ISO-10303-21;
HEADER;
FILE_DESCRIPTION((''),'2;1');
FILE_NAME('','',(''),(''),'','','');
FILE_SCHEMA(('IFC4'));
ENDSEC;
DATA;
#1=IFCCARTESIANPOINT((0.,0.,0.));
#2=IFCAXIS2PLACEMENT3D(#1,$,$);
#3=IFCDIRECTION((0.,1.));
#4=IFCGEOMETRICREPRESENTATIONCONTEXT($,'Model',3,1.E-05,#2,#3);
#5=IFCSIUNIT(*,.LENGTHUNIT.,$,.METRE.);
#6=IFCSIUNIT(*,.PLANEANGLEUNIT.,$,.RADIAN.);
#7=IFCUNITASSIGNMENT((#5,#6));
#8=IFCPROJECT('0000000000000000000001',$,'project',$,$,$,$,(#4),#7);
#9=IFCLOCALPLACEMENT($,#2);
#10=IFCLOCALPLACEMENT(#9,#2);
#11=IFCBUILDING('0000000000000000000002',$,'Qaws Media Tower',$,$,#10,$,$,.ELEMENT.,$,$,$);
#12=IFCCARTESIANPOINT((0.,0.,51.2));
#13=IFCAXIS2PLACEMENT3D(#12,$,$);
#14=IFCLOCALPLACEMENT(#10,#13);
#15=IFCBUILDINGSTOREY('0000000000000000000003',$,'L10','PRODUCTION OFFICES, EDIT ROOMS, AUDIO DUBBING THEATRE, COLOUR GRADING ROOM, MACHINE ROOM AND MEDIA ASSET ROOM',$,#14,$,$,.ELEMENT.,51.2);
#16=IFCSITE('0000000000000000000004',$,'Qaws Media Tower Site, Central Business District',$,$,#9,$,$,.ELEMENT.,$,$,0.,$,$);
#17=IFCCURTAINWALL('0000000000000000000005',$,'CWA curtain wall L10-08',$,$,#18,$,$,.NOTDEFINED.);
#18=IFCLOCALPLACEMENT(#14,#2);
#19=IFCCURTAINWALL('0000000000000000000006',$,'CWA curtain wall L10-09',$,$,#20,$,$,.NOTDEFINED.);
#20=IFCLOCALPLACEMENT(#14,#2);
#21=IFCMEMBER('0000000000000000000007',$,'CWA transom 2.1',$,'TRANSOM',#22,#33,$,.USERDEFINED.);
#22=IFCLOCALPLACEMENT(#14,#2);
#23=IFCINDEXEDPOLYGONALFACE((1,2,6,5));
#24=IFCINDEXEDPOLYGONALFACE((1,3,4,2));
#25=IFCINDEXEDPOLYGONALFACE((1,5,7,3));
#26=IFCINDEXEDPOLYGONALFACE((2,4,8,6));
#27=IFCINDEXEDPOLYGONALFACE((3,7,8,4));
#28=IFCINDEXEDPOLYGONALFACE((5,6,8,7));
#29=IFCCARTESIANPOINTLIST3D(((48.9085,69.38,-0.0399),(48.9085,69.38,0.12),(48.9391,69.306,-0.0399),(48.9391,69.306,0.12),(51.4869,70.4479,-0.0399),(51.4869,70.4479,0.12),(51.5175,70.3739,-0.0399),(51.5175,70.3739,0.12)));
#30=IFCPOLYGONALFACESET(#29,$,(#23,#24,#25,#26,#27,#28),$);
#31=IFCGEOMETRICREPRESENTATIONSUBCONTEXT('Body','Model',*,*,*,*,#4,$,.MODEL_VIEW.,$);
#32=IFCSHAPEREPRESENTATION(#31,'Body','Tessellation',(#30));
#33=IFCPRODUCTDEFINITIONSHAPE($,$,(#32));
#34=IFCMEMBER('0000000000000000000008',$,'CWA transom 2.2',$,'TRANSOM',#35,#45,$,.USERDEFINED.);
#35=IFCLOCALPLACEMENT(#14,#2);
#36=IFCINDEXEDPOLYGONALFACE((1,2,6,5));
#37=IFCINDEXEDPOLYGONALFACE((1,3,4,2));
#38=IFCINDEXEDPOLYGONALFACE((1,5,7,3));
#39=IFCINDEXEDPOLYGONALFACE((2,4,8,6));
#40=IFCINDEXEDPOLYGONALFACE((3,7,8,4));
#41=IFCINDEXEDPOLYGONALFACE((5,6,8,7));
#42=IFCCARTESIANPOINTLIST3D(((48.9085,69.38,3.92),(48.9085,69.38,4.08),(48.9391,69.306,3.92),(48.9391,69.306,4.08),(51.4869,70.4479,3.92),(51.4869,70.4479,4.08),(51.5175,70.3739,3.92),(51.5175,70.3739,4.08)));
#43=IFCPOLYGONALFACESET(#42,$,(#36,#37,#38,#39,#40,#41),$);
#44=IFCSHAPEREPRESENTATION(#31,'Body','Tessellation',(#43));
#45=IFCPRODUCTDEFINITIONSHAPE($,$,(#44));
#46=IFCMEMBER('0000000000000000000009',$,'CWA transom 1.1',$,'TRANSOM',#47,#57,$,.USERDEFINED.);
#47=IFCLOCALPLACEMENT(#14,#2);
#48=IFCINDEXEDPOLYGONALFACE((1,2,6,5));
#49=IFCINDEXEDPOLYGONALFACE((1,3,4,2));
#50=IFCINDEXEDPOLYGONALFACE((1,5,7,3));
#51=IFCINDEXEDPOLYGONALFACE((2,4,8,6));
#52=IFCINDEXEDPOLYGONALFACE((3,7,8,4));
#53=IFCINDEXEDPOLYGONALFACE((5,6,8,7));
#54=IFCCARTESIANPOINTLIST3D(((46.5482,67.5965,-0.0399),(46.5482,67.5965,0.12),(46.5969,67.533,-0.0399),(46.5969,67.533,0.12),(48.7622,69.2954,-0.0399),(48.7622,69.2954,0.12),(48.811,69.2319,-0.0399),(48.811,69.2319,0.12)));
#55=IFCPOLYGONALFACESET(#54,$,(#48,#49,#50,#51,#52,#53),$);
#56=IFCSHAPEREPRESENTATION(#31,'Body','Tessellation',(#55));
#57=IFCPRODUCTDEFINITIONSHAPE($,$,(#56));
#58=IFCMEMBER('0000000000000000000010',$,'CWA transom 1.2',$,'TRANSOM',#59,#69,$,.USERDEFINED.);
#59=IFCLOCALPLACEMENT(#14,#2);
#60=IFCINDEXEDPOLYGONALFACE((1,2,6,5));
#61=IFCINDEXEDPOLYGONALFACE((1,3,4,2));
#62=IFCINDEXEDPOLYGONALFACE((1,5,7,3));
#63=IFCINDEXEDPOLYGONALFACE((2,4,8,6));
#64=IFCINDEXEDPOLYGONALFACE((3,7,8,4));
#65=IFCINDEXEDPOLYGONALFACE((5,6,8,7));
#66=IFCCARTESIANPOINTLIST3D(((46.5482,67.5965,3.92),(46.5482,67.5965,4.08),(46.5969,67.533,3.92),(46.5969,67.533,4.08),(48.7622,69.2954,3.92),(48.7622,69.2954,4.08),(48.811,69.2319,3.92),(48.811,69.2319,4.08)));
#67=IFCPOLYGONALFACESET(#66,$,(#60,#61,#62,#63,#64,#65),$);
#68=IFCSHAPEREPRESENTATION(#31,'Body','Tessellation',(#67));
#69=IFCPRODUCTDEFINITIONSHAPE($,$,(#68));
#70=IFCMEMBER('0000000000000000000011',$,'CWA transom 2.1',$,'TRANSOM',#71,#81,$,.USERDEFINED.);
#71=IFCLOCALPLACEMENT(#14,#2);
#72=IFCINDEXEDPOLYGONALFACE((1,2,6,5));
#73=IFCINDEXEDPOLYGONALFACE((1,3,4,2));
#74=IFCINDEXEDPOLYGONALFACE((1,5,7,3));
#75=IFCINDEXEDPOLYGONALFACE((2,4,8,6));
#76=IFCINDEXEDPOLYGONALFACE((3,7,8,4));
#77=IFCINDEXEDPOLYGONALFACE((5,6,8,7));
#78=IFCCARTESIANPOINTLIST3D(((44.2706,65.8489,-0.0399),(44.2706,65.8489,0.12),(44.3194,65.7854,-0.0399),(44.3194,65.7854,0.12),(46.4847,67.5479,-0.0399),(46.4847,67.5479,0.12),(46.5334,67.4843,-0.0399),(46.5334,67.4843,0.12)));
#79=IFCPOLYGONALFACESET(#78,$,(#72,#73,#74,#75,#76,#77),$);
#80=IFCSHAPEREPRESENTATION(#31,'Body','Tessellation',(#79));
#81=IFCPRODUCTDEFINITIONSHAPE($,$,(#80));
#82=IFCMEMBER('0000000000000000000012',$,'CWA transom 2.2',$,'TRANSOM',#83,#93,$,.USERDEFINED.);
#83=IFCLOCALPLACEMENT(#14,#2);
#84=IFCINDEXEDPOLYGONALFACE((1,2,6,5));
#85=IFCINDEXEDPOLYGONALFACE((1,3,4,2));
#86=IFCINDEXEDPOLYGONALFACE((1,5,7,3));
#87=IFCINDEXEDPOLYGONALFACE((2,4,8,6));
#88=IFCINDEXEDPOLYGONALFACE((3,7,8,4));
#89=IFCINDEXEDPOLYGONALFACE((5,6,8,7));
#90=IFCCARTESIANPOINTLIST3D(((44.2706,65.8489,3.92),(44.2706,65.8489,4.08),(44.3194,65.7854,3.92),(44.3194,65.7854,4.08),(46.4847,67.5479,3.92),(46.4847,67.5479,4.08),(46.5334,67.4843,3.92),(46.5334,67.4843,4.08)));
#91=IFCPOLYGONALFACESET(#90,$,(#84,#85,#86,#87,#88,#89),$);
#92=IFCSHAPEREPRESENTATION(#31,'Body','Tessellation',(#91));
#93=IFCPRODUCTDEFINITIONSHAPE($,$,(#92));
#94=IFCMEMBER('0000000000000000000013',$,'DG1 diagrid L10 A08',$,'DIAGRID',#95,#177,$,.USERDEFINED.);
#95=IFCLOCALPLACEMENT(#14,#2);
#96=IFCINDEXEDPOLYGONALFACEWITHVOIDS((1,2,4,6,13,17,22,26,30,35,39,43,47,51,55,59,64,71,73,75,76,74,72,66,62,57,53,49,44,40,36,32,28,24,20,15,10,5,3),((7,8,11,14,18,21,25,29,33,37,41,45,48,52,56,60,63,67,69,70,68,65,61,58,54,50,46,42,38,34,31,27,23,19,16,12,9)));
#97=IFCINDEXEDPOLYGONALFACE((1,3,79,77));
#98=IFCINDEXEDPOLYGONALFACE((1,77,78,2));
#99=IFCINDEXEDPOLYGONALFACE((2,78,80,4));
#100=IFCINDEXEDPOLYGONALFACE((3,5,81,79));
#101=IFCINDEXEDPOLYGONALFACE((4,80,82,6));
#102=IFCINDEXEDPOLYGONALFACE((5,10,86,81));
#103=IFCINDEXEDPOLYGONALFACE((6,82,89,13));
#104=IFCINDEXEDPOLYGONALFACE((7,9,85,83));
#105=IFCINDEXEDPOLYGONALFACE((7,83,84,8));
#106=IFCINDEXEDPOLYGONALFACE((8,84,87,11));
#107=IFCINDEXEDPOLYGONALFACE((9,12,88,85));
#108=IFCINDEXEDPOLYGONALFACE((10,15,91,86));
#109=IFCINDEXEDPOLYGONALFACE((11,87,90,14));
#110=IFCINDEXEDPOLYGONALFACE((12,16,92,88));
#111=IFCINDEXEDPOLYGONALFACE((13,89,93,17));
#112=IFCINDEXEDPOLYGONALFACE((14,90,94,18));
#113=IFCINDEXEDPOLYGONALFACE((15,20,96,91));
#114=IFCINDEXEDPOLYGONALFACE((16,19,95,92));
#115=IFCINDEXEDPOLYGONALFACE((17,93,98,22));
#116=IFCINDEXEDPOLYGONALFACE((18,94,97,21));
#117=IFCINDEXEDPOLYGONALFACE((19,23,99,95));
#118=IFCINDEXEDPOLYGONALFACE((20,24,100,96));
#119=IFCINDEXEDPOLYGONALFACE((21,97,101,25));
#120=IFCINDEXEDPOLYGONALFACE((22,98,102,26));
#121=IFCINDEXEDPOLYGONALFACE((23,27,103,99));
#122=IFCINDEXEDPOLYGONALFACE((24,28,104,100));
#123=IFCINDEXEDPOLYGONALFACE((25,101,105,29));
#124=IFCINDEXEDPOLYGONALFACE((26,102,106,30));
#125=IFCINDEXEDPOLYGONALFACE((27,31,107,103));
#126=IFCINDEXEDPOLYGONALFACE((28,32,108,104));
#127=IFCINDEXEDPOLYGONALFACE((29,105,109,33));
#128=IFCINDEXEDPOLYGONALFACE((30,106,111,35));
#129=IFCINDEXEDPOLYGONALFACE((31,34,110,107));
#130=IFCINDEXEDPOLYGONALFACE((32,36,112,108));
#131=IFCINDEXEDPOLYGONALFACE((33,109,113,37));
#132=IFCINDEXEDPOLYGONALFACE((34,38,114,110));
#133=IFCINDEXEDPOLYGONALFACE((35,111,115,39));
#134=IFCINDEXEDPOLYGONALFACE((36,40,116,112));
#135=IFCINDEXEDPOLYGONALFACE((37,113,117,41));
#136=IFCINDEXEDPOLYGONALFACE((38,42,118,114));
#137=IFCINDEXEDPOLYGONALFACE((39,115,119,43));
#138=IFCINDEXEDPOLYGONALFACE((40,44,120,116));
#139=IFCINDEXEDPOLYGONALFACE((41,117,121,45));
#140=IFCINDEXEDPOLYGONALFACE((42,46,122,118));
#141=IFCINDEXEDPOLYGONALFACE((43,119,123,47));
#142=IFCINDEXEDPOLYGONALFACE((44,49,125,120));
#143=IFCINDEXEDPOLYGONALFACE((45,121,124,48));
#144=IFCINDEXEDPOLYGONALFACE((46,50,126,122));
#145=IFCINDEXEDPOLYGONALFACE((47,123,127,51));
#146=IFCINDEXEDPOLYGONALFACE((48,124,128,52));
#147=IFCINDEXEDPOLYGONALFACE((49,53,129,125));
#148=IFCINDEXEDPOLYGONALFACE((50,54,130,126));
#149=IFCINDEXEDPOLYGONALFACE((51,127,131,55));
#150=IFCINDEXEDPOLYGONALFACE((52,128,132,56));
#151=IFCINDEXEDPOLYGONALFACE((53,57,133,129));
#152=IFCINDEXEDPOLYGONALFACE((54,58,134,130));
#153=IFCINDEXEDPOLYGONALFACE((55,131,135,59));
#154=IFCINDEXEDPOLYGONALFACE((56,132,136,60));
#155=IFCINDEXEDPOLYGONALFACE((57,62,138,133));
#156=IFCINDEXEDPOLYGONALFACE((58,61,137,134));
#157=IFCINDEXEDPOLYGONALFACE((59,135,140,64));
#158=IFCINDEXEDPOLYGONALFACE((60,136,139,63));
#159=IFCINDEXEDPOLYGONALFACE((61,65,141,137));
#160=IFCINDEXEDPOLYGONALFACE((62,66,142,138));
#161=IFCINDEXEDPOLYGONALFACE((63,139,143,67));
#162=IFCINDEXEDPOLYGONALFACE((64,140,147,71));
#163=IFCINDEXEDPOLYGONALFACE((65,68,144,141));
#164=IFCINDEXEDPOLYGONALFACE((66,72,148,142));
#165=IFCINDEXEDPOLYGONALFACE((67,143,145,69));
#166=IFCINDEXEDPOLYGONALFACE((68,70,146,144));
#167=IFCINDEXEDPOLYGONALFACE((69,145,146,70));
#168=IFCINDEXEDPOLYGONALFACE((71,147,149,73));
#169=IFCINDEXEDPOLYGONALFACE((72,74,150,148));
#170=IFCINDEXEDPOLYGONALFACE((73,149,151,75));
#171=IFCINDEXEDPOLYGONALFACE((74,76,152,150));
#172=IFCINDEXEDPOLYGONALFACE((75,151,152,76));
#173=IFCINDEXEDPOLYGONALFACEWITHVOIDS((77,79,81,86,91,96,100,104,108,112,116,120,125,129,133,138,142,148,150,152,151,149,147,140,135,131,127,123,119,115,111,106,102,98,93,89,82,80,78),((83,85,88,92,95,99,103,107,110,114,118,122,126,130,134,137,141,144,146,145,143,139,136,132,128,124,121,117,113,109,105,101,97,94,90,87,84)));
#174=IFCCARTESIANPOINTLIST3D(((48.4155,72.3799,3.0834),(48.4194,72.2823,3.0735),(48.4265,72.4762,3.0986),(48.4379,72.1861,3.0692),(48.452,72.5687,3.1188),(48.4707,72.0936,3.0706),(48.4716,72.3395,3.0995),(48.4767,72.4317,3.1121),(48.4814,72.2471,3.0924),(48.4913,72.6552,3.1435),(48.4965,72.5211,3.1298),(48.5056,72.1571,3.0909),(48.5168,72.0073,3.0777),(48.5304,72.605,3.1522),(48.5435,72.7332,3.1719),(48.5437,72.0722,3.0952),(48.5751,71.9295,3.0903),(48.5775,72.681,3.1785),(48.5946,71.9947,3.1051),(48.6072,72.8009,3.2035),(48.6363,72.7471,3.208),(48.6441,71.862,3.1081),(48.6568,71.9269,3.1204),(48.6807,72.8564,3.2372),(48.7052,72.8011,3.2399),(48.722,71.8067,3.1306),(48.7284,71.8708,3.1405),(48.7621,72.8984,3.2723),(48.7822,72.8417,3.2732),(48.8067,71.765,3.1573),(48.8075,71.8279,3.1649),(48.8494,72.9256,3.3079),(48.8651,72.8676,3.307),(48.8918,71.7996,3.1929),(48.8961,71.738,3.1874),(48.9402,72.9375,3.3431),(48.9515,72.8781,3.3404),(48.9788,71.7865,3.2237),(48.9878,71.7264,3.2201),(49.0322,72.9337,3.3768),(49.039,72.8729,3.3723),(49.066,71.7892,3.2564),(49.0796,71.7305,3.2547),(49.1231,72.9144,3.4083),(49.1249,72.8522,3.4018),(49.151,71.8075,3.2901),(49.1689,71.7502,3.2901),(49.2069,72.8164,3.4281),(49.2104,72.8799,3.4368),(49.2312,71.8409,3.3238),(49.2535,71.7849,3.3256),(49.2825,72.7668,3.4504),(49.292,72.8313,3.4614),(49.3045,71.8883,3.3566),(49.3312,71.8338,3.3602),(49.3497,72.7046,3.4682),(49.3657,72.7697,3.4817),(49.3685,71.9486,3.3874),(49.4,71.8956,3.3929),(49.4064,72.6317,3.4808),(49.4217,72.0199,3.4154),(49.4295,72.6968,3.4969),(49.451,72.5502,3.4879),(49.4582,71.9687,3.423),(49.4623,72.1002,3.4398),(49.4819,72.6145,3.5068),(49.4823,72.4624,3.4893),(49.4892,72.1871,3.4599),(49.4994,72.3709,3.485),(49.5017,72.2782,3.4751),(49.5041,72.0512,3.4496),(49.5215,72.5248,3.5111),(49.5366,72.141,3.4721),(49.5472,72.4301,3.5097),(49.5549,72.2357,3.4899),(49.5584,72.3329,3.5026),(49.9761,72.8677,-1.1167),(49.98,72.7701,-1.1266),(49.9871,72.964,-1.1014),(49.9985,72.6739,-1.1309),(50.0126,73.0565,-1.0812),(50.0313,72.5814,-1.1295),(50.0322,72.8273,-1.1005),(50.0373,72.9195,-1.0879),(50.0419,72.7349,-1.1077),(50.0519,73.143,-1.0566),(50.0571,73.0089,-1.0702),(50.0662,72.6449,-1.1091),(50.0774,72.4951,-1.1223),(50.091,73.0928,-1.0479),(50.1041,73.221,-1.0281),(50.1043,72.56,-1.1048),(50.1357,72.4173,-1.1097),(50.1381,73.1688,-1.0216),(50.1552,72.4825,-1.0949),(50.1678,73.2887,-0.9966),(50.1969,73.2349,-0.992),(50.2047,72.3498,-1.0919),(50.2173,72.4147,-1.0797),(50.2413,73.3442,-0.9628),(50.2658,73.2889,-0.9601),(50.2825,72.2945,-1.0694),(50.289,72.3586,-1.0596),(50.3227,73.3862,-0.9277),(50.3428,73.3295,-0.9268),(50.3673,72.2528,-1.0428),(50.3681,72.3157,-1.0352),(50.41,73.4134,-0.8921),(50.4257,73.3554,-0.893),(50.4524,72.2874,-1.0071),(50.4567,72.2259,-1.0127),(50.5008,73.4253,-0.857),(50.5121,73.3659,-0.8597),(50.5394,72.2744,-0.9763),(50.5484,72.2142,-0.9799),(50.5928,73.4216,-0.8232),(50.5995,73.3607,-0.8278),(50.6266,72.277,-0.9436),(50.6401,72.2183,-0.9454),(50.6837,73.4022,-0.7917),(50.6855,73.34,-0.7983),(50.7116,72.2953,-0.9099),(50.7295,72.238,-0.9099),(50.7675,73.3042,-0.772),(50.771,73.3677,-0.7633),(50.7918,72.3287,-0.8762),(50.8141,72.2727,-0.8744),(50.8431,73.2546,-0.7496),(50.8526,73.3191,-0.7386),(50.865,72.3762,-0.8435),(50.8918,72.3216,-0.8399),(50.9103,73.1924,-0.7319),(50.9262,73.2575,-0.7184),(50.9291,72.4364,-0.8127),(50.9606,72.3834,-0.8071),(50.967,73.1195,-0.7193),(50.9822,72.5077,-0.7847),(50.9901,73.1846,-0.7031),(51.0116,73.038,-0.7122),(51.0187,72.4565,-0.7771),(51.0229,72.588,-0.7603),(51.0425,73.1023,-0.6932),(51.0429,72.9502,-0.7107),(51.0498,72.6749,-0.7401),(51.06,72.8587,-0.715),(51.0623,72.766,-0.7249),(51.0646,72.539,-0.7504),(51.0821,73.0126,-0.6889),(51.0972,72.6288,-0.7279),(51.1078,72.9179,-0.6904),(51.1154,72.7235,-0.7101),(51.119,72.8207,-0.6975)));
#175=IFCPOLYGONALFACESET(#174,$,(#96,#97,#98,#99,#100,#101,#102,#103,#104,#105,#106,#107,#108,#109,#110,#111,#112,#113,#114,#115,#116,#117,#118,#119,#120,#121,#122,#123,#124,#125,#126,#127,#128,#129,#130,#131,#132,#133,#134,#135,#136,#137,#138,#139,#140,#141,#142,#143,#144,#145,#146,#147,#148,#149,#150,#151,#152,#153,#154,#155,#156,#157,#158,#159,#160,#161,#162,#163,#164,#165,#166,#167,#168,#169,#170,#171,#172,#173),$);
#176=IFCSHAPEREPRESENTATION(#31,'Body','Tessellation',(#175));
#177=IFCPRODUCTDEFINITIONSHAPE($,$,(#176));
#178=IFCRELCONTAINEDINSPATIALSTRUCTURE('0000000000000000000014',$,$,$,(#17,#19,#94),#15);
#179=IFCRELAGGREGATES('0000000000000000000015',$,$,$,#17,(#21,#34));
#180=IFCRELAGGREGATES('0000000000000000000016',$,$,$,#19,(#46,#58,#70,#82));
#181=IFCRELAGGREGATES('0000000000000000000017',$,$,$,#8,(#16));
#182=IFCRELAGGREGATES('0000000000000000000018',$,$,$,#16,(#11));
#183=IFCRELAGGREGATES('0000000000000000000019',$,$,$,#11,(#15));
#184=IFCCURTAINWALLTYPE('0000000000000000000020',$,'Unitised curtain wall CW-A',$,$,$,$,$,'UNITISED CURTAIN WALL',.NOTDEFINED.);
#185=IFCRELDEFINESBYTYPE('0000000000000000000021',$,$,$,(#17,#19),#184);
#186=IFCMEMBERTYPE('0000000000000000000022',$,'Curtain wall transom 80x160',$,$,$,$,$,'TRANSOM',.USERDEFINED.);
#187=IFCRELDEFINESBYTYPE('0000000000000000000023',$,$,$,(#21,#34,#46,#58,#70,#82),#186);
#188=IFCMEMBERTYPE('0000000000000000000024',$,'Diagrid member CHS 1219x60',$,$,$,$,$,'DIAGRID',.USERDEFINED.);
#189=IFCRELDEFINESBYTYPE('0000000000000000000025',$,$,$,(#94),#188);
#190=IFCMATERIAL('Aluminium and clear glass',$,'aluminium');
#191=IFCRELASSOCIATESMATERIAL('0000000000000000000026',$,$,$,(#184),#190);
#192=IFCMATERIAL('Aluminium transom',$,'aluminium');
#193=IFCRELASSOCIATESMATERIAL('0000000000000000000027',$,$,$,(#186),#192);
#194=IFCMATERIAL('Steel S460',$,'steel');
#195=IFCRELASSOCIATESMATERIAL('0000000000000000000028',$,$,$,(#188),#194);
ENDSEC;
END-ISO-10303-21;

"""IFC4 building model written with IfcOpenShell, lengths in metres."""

from ifc_helpers import new_model, si_unit, direction, frame, origin, origin_2d, place, context, subcontext, project, spatial, rectangle, hollow_circle, extrude, material, material_profile, profile_set, type_object, element, aggregate, save


model = new_model("IFC4")

# Units and contexts
model_context = context("Model", 3, precision=1e-05, world=origin(), true_north=direction((0.0, 1.0)))
body_context = subcontext(model_context, "Body", "Model", "MODEL_VIEW")
ifc_project = project(units=[si_unit("LENGTHUNIT", "METRE"), si_unit("PLANEANGLEUNIT", "RADIAN")], contexts=[model_context])

# Site, building, storey
site_placement = place(None, origin())
site = spatial("IfcSite", under=ifc_project, at=site_placement, Name="Qaws Media Tower Site, Central Business District", CompositionType="ELEMENT", RefElevation=0.0)
building_placement = place(site_placement, origin())
building = spatial("IfcBuilding", under=site, at=building_placement, Name="Qaws Media Tower", CompositionType="ELEMENT")
storey_placement = place(building_placement, frame((0.0, 0.0, 51.2)))
storey = spatial("IfcBuildingStorey", under=building, at=storey_placement, Name="L10", Description="PRODUCTION OFFICES, EDIT ROOMS, AUDIO DUBBING THEATRE, COLOUR GRADING ROOM, MACHINE ROOM AND MEDIA ASSET ROOM", CompositionType="ELEMENT", Elevation=51.2)

# Curtain walls
ifc_material_1 = material(Name="Aluminium and clear glass", Category="aluminium")
curtain_wall_type = type_object("IfcCurtainWallType", Name="Unitised curtain wall CW-A", ElementType="UNITISED CURTAIN WALL", PredefinedType="NOTDEFINED", material=ifc_material_1)
curtain_wall_1_placement = place(storey_placement, origin())
curtain_wall_1 = element("IfcCurtainWall", 1, at=curtain_wall_1_placement, inside=storey, type_object=curtain_wall_type, Name="CWA curtain wall L10-08", PredefinedType="NOTDEFINED")
curtain_wall_2_placement = place(storey_placement, origin())
curtain_wall_2 = element("IfcCurtainWall", 2, at=curtain_wall_2_placement, inside=storey, type_object=curtain_wall_type, Name="CWA curtain wall L10-09", PredefinedType="NOTDEFINED")

# Members
ifc_material_2 = material(Name="Aluminium transom", Category="aluminium")
ifc_material_profile_1 = material_profile(ifc_material_2, rectangle(XDim=0.0801, YDim=0.1599, at=origin_2d()), Name="80x160")
ifc_profile_set_1 = profile_set([ifc_material_profile_1], Name="Aluminium transom")
member_type_1 = type_object("IfcMemberType", Name="Curtain wall transom 80x160", ElementType="TRANSOM", PredefinedType="USERDEFINED", material=ifc_profile_set_1)
member_1_placement = place(storey_placement, frame((51.5022, 70.4109, 0.04), z_axis=(-0.923895, -0.382645, 0.0), x_axis=(0.382645, -0.923895, 0.0)))
member_1 = element("IfcMember", 3, at=member_1_placement, type_object=member_type_1, Name="CWA transom 2.1", ObjectType="TRANSOM", PredefinedType="USERDEFINED", context=body_context, shape_type="SweptSolid", body=[
    extrude(rectangle(XDim=0.0801, YDim=0.1599, at=origin_2d()), origin(), (0.0, 0.0, 1.0), 2.7908),
])
member_2_placement = place(storey_placement, frame((51.5022, 70.4109, 4.0), z_axis=(-0.923895, -0.382645, 0.0), x_axis=(0.382645, -0.923895, 0.0)))
member_2 = element("IfcMember", 4, at=member_2_placement, type_object=member_type_1, Name="CWA transom 2.2", ObjectType="TRANSOM", PredefinedType="USERDEFINED", context=body_context, shape_type="SweptSolid", body=[
    extrude(rectangle(XDim=0.0801, YDim=0.1599, at=origin_2d()), origin(), (0.0, 0.0, 1.0), 2.7908),
])
member_3_placement = place(storey_placement, frame((48.7866, 69.2637, 0.04), z_axis=(-0.793349, -0.608768, 0.0), x_axis=(0.608768, -0.793349, 0.0)))
member_3 = element("IfcMember", 5, at=member_3_placement, type_object=member_type_1, Name="CWA transom 1.1", ObjectType="TRANSOM", PredefinedType="USERDEFINED", context=body_context, shape_type="SweptSolid", body=[
    extrude(rectangle(XDim=0.0801, YDim=0.1599, at=origin_2d()), origin(), (0.0, 0.0, 1.0), 2.7908),
])
member_4_placement = place(storey_placement, frame((48.7866, 69.2637, 4.0), z_axis=(-0.793349, -0.608768, 0.0), x_axis=(0.608768, -0.793349, 0.0)))
member_4 = element("IfcMember", 6, at=member_4_placement, type_object=member_type_1, Name="CWA transom 1.2", ObjectType="TRANSOM", PredefinedType="USERDEFINED", context=body_context, shape_type="SweptSolid", body=[
    extrude(rectangle(XDim=0.0801, YDim=0.1599, at=origin_2d()), origin(), (0.0, 0.0, 1.0), 2.7908),
])
member_5_placement = place(storey_placement, frame((46.509, 67.5161, 0.04), z_axis=(-0.793349, -0.608768, 0.0), x_axis=(0.608768, -0.793349, 0.0)))
member_5 = element("IfcMember", 7, at=member_5_placement, type_object=member_type_1, Name="CWA transom 2.1", ObjectType="TRANSOM", PredefinedType="USERDEFINED", context=body_context, shape_type="SweptSolid", body=[
    extrude(rectangle(XDim=0.0801, YDim=0.1599, at=origin_2d()), origin(), (0.0, 0.0, 1.0), 2.7908),
])
member_6_placement = place(storey_placement, frame((46.509, 67.5161, 4.0), z_axis=(-0.793349, -0.608768, 0.0), x_axis=(0.608768, -0.793349, 0.0)))
member_6 = element("IfcMember", 8, at=member_6_placement, type_object=member_type_1, Name="CWA transom 2.2", ObjectType="TRANSOM", PredefinedType="USERDEFINED", context=body_context, shape_type="SweptSolid", body=[
    extrude(rectangle(XDim=0.0801, YDim=0.1599, at=origin_2d()), origin(), (0.0, 0.0, 1.0), 2.7908),
])

# Member
ifc_material_3 = material(Name="Steel S460", Category="steel")
ifc_material_profile_2 = material_profile(ifc_material_3, hollow_circle(Radius=0.6096, WallThickness=0.0601, at=origin_2d()), Name="CHS 1219x60")
ifc_profile_set_2 = profile_set([ifc_material_profile_2], Name="Steel S460")
member_type_2 = type_object("IfcMemberType", Name="Diagrid member CHS 1219x60", ElementType="DIAGRID", PredefinedType="USERDEFINED", material=ifc_profile_set_2)
for number, where, z_axis, x_axis, name in (
    (9, (50.5476, 72.8198, -0.9099), (-0.346251, -0.108231, 0.931878), (0.298343, -0.954459, 0.0), "DG1 diagrid L10 A08"),
):
    element("IfcMember", number, at=place(storey_placement, frame(where, z_axis=z_axis, x_axis=x_axis)), inside=storey, type_object=member_type_2, Name=name, ObjectType="DIAGRID", PredefinedType="USERDEFINED", context=body_context, shape_type="SweptSolid", body=[
        extrude(hollow_circle(Radius=0.6096, WallThickness=0.0601, at=origin_2d()), origin(), (0.0, 0.0, 1.0), 4.5071),
    ])

aggregate(curtain_wall_1, [member_1, member_2])
aggregate(curtain_wall_2, [member_3, member_4, member_5, member_6])

save(model, "model.ifc")
